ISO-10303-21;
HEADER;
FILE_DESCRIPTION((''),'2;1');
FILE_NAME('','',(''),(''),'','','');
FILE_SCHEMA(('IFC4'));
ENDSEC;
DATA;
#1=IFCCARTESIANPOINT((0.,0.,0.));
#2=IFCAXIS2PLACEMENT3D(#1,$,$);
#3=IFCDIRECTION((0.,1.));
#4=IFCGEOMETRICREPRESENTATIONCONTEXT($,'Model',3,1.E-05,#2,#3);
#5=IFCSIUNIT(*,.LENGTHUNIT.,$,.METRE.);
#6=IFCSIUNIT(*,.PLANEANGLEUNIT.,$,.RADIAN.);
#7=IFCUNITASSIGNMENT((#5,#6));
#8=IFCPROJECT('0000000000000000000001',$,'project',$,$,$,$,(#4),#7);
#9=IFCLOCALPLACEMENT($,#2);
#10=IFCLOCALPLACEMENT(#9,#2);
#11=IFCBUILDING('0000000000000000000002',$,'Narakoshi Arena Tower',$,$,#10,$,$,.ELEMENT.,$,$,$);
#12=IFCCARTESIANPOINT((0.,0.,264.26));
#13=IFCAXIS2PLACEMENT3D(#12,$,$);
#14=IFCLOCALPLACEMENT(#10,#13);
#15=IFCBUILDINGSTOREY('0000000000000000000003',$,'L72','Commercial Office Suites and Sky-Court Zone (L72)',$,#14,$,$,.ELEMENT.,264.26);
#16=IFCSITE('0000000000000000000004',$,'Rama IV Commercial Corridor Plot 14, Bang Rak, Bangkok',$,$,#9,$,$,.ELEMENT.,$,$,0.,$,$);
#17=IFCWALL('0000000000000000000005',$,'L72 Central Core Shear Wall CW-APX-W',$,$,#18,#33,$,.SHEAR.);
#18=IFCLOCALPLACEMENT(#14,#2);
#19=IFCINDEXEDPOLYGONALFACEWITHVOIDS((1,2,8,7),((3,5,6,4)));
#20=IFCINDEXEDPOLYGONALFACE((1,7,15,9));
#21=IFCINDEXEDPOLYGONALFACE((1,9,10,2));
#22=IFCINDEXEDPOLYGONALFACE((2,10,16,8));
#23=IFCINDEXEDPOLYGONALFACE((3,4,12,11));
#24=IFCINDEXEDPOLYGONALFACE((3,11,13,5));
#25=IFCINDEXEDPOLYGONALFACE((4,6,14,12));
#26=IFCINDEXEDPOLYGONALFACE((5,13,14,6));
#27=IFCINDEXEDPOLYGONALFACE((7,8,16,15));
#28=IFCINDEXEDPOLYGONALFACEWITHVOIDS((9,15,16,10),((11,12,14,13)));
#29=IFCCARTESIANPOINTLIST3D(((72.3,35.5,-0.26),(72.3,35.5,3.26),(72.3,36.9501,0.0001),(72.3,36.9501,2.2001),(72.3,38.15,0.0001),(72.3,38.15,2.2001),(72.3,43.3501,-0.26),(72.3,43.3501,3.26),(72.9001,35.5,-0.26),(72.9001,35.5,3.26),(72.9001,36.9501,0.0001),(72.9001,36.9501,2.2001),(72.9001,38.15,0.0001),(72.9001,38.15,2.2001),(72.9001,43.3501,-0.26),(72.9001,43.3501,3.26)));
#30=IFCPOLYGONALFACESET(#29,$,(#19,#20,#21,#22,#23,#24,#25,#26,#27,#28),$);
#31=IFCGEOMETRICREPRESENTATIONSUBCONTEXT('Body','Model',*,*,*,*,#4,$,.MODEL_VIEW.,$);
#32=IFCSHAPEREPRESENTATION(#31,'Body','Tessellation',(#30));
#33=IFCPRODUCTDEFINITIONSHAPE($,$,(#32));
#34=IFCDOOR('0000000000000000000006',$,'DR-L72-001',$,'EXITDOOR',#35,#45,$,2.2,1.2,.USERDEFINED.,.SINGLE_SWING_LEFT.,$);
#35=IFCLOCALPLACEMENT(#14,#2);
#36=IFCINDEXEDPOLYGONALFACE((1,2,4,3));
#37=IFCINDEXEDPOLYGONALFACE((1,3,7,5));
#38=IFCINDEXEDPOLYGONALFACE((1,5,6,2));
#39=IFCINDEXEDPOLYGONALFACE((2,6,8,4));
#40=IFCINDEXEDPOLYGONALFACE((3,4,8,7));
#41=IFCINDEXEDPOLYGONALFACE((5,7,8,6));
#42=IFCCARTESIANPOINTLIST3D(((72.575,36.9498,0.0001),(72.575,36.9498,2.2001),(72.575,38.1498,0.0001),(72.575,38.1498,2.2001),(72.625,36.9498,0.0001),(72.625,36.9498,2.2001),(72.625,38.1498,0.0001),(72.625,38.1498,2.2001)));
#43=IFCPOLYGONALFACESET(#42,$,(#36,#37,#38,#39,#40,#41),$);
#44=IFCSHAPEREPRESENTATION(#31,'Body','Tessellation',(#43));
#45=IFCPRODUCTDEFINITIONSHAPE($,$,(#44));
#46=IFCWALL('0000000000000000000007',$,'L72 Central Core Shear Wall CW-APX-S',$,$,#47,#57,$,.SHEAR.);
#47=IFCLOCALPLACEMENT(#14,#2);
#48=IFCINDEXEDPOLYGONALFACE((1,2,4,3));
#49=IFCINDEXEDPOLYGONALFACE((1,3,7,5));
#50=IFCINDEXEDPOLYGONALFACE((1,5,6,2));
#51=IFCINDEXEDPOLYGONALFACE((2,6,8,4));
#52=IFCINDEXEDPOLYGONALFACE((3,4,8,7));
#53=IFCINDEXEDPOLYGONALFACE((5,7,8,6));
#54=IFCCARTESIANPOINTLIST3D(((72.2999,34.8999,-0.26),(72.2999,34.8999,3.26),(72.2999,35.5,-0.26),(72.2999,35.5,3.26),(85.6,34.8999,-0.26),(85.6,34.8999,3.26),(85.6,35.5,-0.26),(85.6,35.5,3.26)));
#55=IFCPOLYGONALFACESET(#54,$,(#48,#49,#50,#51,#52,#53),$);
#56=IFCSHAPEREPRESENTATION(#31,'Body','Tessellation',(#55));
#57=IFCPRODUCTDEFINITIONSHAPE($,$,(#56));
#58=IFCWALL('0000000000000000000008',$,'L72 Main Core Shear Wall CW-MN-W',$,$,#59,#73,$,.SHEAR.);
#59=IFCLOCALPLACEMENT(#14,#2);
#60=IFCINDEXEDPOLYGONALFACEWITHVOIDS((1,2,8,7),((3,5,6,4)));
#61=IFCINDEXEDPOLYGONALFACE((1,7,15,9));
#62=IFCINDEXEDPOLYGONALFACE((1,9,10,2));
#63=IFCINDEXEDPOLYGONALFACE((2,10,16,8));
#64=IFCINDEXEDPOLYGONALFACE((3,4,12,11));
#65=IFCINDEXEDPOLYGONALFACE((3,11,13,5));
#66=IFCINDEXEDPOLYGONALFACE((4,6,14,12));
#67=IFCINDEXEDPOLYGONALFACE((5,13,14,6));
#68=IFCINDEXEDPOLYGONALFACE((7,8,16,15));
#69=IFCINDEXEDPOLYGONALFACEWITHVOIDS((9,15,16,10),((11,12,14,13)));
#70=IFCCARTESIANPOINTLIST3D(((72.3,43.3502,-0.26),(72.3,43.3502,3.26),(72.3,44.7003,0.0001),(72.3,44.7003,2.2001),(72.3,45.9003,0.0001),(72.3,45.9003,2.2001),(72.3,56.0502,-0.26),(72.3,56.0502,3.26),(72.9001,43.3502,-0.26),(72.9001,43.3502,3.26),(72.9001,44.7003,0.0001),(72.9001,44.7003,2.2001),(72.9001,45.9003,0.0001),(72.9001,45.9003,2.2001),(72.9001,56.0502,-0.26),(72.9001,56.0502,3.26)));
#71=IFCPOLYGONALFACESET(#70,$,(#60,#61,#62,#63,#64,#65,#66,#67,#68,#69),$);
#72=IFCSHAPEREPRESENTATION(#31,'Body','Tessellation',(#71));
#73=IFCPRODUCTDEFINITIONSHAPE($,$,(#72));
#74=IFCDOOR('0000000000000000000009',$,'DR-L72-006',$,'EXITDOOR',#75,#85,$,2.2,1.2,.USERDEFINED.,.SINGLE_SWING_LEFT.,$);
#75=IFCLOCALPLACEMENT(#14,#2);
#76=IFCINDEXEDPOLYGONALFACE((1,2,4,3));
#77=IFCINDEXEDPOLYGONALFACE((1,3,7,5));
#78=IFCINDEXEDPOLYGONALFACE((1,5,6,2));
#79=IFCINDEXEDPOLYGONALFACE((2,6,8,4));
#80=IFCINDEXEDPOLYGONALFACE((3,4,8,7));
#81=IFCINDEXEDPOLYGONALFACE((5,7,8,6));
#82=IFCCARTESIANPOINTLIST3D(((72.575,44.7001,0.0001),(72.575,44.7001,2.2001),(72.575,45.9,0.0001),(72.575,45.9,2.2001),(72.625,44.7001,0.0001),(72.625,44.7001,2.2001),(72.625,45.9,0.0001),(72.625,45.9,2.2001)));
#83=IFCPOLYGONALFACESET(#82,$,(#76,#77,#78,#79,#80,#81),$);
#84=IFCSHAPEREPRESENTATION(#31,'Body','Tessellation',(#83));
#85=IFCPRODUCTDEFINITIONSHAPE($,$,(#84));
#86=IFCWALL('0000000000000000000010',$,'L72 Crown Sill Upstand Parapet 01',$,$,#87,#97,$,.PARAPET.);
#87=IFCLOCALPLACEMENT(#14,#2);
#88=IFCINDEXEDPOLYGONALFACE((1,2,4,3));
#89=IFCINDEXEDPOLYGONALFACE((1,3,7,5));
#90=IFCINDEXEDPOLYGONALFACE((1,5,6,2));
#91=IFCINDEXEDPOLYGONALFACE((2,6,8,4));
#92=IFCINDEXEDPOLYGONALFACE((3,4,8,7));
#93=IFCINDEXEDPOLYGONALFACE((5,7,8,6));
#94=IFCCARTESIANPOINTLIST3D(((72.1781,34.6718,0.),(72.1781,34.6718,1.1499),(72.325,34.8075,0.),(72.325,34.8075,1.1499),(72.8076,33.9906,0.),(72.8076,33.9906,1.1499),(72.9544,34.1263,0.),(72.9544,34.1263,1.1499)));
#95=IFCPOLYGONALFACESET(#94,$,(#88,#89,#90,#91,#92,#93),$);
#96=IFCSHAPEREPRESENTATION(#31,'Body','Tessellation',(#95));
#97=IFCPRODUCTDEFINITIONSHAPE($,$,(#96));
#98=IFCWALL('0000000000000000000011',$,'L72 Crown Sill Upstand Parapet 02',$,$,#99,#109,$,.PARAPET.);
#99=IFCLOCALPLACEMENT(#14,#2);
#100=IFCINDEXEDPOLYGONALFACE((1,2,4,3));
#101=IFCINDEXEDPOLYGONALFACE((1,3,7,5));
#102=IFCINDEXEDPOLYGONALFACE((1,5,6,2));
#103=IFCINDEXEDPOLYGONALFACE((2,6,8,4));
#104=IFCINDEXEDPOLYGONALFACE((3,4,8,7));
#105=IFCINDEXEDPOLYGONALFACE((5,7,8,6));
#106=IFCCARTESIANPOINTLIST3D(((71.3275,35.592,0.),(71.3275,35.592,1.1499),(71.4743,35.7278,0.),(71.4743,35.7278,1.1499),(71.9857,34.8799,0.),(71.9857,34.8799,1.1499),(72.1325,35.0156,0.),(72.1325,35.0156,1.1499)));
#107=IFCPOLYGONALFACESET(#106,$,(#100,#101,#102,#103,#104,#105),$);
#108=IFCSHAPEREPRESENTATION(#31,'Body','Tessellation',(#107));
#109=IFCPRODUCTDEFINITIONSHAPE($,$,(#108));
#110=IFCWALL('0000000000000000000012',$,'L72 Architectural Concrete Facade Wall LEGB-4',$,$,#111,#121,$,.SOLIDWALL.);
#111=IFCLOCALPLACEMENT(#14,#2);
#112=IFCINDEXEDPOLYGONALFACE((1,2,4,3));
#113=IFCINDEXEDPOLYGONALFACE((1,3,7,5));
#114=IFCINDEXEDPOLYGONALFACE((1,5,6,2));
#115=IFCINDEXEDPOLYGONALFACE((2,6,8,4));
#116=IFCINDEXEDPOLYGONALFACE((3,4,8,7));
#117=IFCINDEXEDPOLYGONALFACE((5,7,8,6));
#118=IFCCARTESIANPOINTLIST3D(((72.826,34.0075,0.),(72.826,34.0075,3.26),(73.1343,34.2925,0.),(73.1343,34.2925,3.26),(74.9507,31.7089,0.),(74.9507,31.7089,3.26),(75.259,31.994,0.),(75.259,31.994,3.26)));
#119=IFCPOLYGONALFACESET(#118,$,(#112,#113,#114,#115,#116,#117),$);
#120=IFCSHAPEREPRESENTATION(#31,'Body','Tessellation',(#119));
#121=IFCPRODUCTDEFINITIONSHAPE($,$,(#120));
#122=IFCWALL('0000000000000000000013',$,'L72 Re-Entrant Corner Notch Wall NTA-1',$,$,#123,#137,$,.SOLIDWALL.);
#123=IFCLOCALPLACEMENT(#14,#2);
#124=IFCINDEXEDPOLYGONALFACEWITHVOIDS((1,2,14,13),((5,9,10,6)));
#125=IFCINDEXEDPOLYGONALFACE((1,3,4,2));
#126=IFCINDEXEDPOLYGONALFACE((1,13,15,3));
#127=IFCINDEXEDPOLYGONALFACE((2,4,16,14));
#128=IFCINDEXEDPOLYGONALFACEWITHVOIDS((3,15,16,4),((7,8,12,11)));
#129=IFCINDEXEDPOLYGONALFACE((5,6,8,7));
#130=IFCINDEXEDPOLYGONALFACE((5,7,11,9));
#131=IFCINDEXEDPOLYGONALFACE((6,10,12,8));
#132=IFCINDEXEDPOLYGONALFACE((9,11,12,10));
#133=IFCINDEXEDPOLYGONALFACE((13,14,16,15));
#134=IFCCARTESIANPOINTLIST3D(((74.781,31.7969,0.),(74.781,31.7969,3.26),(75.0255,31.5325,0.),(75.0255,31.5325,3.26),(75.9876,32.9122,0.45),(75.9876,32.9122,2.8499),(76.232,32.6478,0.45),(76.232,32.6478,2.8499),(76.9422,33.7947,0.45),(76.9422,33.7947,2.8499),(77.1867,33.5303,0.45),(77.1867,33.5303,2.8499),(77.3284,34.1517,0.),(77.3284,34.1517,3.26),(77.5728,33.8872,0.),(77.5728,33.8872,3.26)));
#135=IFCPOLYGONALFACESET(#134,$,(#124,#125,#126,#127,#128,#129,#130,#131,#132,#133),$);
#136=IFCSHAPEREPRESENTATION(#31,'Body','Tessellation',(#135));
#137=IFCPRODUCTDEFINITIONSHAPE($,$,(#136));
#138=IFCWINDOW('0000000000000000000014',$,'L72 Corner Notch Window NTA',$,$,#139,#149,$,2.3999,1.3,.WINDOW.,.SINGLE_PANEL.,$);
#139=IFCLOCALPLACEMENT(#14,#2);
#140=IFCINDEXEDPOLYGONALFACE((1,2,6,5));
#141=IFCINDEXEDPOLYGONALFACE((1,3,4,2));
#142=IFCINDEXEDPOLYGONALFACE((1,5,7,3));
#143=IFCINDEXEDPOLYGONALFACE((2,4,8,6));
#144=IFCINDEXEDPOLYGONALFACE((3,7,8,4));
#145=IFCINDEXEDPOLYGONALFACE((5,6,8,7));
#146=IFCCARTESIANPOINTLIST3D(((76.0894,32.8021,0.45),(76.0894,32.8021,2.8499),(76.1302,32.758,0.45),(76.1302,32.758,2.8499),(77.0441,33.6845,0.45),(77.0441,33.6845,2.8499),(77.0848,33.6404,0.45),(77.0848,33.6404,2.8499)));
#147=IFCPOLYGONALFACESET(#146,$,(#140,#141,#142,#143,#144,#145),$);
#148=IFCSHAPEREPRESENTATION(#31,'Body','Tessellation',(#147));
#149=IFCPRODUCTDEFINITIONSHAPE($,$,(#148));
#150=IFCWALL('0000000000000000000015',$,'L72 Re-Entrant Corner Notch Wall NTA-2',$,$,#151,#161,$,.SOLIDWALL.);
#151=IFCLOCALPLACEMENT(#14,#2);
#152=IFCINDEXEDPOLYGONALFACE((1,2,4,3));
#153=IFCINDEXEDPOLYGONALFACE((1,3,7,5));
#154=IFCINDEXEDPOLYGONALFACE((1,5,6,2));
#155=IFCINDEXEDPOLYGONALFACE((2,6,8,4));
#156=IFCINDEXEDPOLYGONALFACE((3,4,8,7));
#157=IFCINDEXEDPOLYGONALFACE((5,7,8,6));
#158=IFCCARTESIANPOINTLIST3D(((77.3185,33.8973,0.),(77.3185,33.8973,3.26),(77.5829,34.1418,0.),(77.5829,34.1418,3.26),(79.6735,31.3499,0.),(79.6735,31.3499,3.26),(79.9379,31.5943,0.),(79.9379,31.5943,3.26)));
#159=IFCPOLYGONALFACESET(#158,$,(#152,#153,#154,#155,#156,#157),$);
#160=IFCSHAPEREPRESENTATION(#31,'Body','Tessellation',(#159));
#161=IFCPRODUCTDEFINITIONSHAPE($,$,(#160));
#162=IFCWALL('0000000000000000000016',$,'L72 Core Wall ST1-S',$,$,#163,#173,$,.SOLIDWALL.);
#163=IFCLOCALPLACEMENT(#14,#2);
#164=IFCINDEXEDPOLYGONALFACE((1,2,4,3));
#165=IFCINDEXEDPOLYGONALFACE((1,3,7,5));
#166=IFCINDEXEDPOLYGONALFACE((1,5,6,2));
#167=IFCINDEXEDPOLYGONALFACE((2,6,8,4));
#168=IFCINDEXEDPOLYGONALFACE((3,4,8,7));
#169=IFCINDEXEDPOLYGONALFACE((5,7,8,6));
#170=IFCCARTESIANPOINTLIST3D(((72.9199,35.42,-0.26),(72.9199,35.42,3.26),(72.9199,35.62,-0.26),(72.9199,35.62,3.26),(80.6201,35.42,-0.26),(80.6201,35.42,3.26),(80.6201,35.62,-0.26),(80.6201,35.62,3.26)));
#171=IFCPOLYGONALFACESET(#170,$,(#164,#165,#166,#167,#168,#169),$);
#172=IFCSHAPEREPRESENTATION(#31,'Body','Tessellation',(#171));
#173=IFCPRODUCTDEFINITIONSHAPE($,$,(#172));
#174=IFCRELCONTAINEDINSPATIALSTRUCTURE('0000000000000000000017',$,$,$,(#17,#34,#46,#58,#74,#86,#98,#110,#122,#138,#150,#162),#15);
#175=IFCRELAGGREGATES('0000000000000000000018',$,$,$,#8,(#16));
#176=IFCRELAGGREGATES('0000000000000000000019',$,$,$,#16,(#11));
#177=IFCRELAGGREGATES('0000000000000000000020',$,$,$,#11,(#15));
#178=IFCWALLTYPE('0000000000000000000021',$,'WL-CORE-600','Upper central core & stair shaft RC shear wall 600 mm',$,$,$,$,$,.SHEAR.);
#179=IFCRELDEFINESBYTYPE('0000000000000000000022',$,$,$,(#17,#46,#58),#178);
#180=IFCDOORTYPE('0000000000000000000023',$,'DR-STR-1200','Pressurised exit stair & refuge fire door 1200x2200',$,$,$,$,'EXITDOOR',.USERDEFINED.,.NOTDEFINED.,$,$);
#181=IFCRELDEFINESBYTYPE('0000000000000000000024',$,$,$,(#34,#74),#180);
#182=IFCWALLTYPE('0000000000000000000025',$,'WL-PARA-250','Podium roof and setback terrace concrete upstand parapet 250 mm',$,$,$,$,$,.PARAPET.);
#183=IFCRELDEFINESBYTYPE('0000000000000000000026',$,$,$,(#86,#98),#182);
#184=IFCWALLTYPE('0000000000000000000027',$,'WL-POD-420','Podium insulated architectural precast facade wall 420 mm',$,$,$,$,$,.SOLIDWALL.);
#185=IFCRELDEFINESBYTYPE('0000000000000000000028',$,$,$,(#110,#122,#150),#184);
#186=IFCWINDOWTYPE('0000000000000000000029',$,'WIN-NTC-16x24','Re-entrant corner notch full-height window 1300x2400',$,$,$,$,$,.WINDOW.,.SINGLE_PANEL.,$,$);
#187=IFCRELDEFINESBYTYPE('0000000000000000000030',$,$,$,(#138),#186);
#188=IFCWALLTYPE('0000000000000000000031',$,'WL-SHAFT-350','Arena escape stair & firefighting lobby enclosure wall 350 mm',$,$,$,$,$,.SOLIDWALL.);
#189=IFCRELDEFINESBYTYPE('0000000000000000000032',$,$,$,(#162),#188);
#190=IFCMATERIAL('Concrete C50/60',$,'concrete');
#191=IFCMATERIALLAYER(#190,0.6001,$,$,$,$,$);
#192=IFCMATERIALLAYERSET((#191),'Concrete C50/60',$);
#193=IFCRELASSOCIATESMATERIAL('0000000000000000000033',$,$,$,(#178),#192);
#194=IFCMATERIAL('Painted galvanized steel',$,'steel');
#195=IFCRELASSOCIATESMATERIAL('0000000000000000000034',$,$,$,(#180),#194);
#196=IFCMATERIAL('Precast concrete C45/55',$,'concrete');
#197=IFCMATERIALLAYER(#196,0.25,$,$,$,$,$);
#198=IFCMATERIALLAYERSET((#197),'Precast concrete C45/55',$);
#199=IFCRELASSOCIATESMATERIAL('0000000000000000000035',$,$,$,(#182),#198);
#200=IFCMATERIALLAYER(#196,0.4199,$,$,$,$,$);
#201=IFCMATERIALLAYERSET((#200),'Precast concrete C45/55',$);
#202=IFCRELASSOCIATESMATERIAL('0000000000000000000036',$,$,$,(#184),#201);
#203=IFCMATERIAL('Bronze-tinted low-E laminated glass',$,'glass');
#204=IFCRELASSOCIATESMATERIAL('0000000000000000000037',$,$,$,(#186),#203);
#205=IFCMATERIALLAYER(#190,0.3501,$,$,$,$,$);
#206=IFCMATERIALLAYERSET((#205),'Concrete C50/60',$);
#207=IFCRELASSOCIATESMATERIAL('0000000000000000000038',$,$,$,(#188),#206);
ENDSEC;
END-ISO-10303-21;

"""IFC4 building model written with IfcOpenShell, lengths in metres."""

from ifc_helpers import new_model, si_unit, direction, frame, frame_2d, origin, place, context, subcontext, project, spatial, rectangle, extrude, material, layer, layer_set, type_object, element, fill, save


model = new_model("IFC4")

# Units and contexts
model_context = context("Model", 3, precision=1e-05, world=origin(), true_north=direction((0.0, 1.0)))
body_context = subcontext(model_context, "Body", "Model", "MODEL_VIEW")
ifc_project = project(units=[si_unit("LENGTHUNIT", "METRE"), si_unit("PLANEANGLEUNIT", "RADIAN")], contexts=[model_context])

# Site, building, storey
site_placement = place(None, origin())
site = spatial("IfcSite", under=ifc_project, at=site_placement, Name="Rama IV Commercial Corridor Plot 14, Bang Rak, Bangkok", CompositionType="ELEMENT", RefElevation=0.0)
building_placement = place(site_placement, origin())
building = spatial("IfcBuilding", under=site, at=building_placement, Name="Narakoshi Arena Tower", CompositionType="ELEMENT")
storey_placement = place(building_placement, frame((0.0, 0.0, 264.26)))
storey = spatial("IfcBuildingStorey", under=building, at=storey_placement, Name="L72", Description="Commercial Office Suites and Sky-Court Zone (L72)", CompositionType="ELEMENT", Elevation=264.26)

# Wall, opening, door
ifc_material_1 = material(Name="Concrete C50/60", Category="concrete")
ifc_layer_1 = layer(ifc_material_1, 0.6001)
ifc_layer_set_1 = layer_set([ifc_layer_1], Name="Concrete C50/60")
wall_type_1 = type_object("IfcWallType", Name="WL-CORE-600", Description="Upper central core & stair shaft RC shear wall 600 mm", PredefinedType="SHEAR", material=ifc_layer_set_1)
wall_1_placement = place(storey_placement, frame((72.6001, 35.5, -0.26), z_axis=(0.0, 0.0, 1.0), x_axis=(0.0, 1.0, 0.0)))
wall_1 = element("IfcWall", 1, at=wall_1_placement, inside=storey, type_object=wall_type_1, Name="L72 Central Core Shear Wall CW-APX-W", PredefinedType="SHEAR", context=body_context, shape_type="SweptSolid", body=[
    extrude(rectangle(XDim=7.8501, YDim=0.6001, at=frame_2d((3.925, 0.0))), origin(), (0.0, 0.0, 1.0), 3.52),
])
opening_1_placement = place(wall_1_placement, frame((1.45, 0.0, 0.26)))
opening_1 = element("IfcOpeningElement", 2, at=opening_1_placement, cuts=wall_1, PredefinedType="OPENING", context=body_context, shape_type="SweptSolid", body=[
    extrude(rectangle(XDim=1.2, YDim=2.2, at=frame_2d((0.6001, 1.1001))), frame((0.0, 0.3101, 0.0), z_axis=(0.0, -1.0, 0.0), x_axis=(1.0, 0.0, 0.0)), (0.0, 0.0, 1.0), 0.6201),
])
ifc_material_2 = material(Name="Painted galvanized steel", Category="steel")
door_type = type_object("IfcDoorType", Name="DR-STR-1200", Description="Pressurised exit stair & refuge fire door 1200x2200", ElementType="EXITDOOR", OperationType="NOTDEFINED", PredefinedType="USERDEFINED", material=ifc_material_2)
door_1_placement = place(opening_1_placement, frame((1.2, 0.0, 0.0), z_axis=(0.0, 0.0, 1.0), x_axis=(-1.0, 0.0, 0.0)))
door_1 = element("IfcDoor", 3, at=door_1_placement, inside=storey, type_object=door_type, Name="DR-L72-001", ObjectType="EXITDOOR", OperationType="SINGLE_SWING_LEFT", OverallHeight=2.2, OverallWidth=1.2, PredefinedType="USERDEFINED", context=body_context, shape_type="SweptSolid", body=[
    extrude(rectangle(XDim=1.2, YDim=2.2, at=frame_2d((0.6001, 1.1001))), frame((0.0, 0.0249, 0.0), z_axis=(0.0, -1.0, 0.0), x_axis=(1.0, 0.0, 0.0)), (0.0, 0.0, 1.0), 0.05),
])
fill(opening_1, door_1)

# Wall
wall_2_placement = place(storey_placement, frame((72.3, 35.2, -0.26), z_axis=(0.0, 0.0, 1.0), x_axis=(1.0, 0.0, 0.0)))
element("IfcWall", 4, at=wall_2_placement, inside=storey, type_object=wall_type_1, Name="L72 Central Core Shear Wall CW-APX-S", PredefinedType="SHEAR", context=body_context, shape_type="SweptSolid", body=[
    extrude(rectangle(XDim=13.3, YDim=0.6001, at=frame_2d((6.6499, 0.0))), origin(), (0.0, 0.0, 1.0), 3.52),
])

# Wall, opening, door
wall_3_placement = place(storey_placement, frame((72.6001, 43.3501, -0.26), z_axis=(0.0, 0.0, 1.0), x_axis=(0.0, 1.0, 0.0)))
wall_3 = element("IfcWall", 5, at=wall_3_placement, inside=storey, type_object=wall_type_1, Name="L72 Main Core Shear Wall CW-MN-W", PredefinedType="SHEAR", context=body_context, shape_type="SweptSolid", body=[
    extrude(rectangle(XDim=12.7, YDim=0.6001, at=frame_2d((6.3501, 0.0))), origin(), (0.0, 0.0, 1.0), 3.52),
])
opening_2_placement = place(wall_3_placement, frame((1.3501, 0.0, 0.26)))
opening_2 = element("IfcOpeningElement", 6, at=opening_2_placement, cuts=wall_3, PredefinedType="OPENING", context=body_context, shape_type="SweptSolid", body=[
    extrude(rectangle(XDim=1.2, YDim=2.2, at=frame_2d((0.6001, 1.1001))), frame((0.0, 0.3101, 0.0), z_axis=(0.0, -1.0, 0.0), x_axis=(1.0, 0.0, 0.0)), (0.0, 0.0, 1.0), 0.6201),
])
door_2_placement = place(opening_2_placement, frame((1.2, 0.0, 0.0), z_axis=(0.0, 0.0, 1.0), x_axis=(-1.0, 0.0, 0.0)))
door_2 = element("IfcDoor", 7, at=door_2_placement, inside=storey, type_object=door_type, Name="DR-L72-006", ObjectType="EXITDOOR", OperationType="SINGLE_SWING_LEFT", OverallHeight=2.2, OverallWidth=1.2, PredefinedType="USERDEFINED", context=body_context, shape_type="SweptSolid", body=[
    extrude(rectangle(XDim=1.2, YDim=2.2, at=frame_2d((0.6001, 1.1001))), frame((0.0, 0.0249, 0.0), z_axis=(0.0, -1.0, 0.0), x_axis=(1.0, 0.0, 0.0)), (0.0, 0.0, 1.0), 0.05),
])
fill(opening_2, door_2)

# Walls
ifc_material_3 = material(Name="Precast concrete C45/55", Category="concrete")
ifc_layer_2 = layer(ifc_material_3, 0.25)
ifc_layer_set_2 = layer_set([ifc_layer_2], Name="Precast concrete C45/55")
wall_type_2 = type_object("IfcWallType", Name="WL-PARA-250", Description="Podium roof and setback terrace concrete upstand parapet 250 mm", PredefinedType="PARAPET", material=ifc_layer_set_2)
wall_4_placement = place(storey_placement, frame((72.8811, 34.0583, 0.0), z_axis=(0.0, 0.0, 1.0), x_axis=(-0.678652, 0.73446, 0.0)))
element("IfcWall", 8, at=wall_4_placement, inside=storey, type_object=wall_type_2, Name="L72 Crown Sill Upstand Parapet 01", PredefinedType="PARAPET", context=body_context, shape_type="SweptSolid", body=[
    extrude(rectangle(XDim=0.9275, YDim=0.2, at=frame_2d((0.4639, 0.0))), origin(), (0.0, 0.0, 1.0), 1.1499),
])
wall_5_placement = place(storey_placement, frame((72.0591, 34.9478, 0.0), z_axis=(0.0, 0.0, 1.0), x_axis=(-0.67874, 0.734379, 0.0)))
element("IfcWall", 9, at=wall_5_placement, inside=storey, type_object=wall_type_2, Name="L72 Crown Sill Upstand Parapet 02", PredefinedType="PARAPET", context=body_context, shape_type="SweptSolid", body=[
    extrude(rectangle(XDim=0.9697, YDim=0.2, at=frame_2d((0.4849, 0.0))), origin(), (0.0, 0.0, 1.0), 1.1499),
])
ifc_layer_3 = layer(ifc_material_3, 0.4199)
ifc_layer_set_3 = layer_set([ifc_layer_3], Name="Precast concrete C45/55")
wall_type_3 = type_object("IfcWallType", Name="WL-POD-420", Description="Podium insulated architectural precast facade wall 420 mm", PredefinedType="SOLIDWALL", material=ifc_layer_set_3)
wall_6_placement = place(storey_placement, frame((72.9802, 34.1499, 0.0), z_axis=(0.0, 0.0, 1.0), x_axis=(0.678795, -0.734328, 0.0)))
element("IfcWall", 10, at=wall_6_placement, inside=storey, type_object=wall_type_3, Name="L72 Architectural Concrete Facade Wall LEGB-4", PredefinedType="SOLIDWALL", context=body_context, shape_type="SweptSolid", body=[
    extrude(rectangle(XDim=3.1301, YDim=0.4199, at=frame_2d((1.5649, 0.0))), origin(), (0.0, 0.0, 1.0), 3.26),
])

# Wall, opening, window
wall_7_placement = place(storey_placement, frame((74.9033, 31.6648, 0.0), z_axis=(0.0, 0.0, 1.0), x_axis=(0.734326, 0.678797, 0.0)))
wall_7 = element("IfcWall", 11, at=wall_7_placement, inside=storey, type_object=wall_type_3, Name="L72 Re-Entrant Corner Notch Wall NTA-1", PredefinedType="SOLIDWALL", context=body_context, shape_type="SweptSolid", body=[
    extrude(rectangle(XDim=3.469, YDim=0.3601, at=frame_2d((1.7344, 0.0))), origin(), (0.0, 0.0, 1.0), 3.26),
])
opening_3_placement = place(wall_7_placement, frame((1.6431, 0.0, 0.45)))
opening_3 = element("IfcOpeningElement", 12, at=opening_3_placement, cuts=wall_7, PredefinedType="OPENING", context=body_context, shape_type="SweptSolid", body=[
    extrude(rectangle(XDim=1.3, YDim=2.3999, at=frame_2d((0.6499, 1.2))), frame((0.0, 0.1899, 0.0), z_axis=(0.0, -1.0, 0.0), x_axis=(1.0, 0.0, 0.0)), (0.0, 0.0, 1.0), 0.3801),
])
ifc_material_4 = material(Name="Bronze-tinted low-E laminated glass", Category="glass")
window_type = type_object("IfcWindowType", Name="WIN-NTC-16x24", Description="Re-entrant corner notch full-height window 1300x2400", PartitioningType="SINGLE_PANEL", PredefinedType="WINDOW", material=ifc_material_4)
window_placement = place(opening_3_placement, origin())
window = element("IfcWindow", 13, at=window_placement, inside=storey, type_object=window_type, Name="L72 Corner Notch Window NTA", OverallHeight=2.3999, OverallWidth=1.3, PartitioningType="SINGLE_PANEL", PredefinedType="WINDOW", context=body_context, shape_type="SweptSolid", body=[
    extrude(rectangle(XDim=1.3, YDim=2.3999, at=frame_2d((0.6499, 1.2))), frame((0.0, 0.03, 0.0), z_axis=(0.0, -1.0, 0.0), x_axis=(1.0, 0.0, 0.0)), (0.0, 0.0, 1.0), 0.0601),
])
fill(opening_3, window)

# Walls
wall_8_placement = place(storey_placement, frame((77.4507, 34.0195, 0.0), z_axis=(0.0, 0.0, 1.0), x_axis=(0.678835, -0.734291, 0.0)))
element("IfcWall", 14, at=wall_8_placement, inside=storey, type_object=wall_type_3, Name="L72 Re-Entrant Corner Notch Wall NTA-2", PredefinedType="SOLIDWALL", context=body_context, shape_type="SweptSolid", body=[
    extrude(rectangle(XDim=3.4692, YDim=0.3601, at=frame_2d((1.7346, 0.0))), origin(), (0.0, 0.0, 1.0), 3.26),
])
ifc_layer_4 = layer(ifc_material_1, 0.3501)
ifc_layer_set_4 = layer_set([ifc_layer_4], Name="Concrete C50/60")
wall_type_4 = type_object("IfcWallType", Name="WL-SHAFT-350", Description="Arena escape stair & firefighting lobby enclosure wall 350 mm", PredefinedType="SOLIDWALL", material=ifc_layer_set_4)
for number, where, z_axis, x_axis, name in (
    (15, (72.9199, 35.52, -0.26), (0.0, 0.0, 1.0), (1.0, 0.0, 0.0), "L72 Core Wall ST1-S"),
):
    element("IfcWall", number, at=place(storey_placement, frame(where, z_axis=z_axis, x_axis=x_axis)), inside=storey, type_object=wall_type_4, Name=name, PredefinedType="SOLIDWALL", context=body_context, shape_type="SweptSolid", body=[
        extrude(rectangle(XDim=7.7002, YDim=0.2, at=frame_2d((3.8501, 0.0))), origin(), (0.0, 0.0, 1.0), 3.52),
    ])

save(model, "model.ifc")
